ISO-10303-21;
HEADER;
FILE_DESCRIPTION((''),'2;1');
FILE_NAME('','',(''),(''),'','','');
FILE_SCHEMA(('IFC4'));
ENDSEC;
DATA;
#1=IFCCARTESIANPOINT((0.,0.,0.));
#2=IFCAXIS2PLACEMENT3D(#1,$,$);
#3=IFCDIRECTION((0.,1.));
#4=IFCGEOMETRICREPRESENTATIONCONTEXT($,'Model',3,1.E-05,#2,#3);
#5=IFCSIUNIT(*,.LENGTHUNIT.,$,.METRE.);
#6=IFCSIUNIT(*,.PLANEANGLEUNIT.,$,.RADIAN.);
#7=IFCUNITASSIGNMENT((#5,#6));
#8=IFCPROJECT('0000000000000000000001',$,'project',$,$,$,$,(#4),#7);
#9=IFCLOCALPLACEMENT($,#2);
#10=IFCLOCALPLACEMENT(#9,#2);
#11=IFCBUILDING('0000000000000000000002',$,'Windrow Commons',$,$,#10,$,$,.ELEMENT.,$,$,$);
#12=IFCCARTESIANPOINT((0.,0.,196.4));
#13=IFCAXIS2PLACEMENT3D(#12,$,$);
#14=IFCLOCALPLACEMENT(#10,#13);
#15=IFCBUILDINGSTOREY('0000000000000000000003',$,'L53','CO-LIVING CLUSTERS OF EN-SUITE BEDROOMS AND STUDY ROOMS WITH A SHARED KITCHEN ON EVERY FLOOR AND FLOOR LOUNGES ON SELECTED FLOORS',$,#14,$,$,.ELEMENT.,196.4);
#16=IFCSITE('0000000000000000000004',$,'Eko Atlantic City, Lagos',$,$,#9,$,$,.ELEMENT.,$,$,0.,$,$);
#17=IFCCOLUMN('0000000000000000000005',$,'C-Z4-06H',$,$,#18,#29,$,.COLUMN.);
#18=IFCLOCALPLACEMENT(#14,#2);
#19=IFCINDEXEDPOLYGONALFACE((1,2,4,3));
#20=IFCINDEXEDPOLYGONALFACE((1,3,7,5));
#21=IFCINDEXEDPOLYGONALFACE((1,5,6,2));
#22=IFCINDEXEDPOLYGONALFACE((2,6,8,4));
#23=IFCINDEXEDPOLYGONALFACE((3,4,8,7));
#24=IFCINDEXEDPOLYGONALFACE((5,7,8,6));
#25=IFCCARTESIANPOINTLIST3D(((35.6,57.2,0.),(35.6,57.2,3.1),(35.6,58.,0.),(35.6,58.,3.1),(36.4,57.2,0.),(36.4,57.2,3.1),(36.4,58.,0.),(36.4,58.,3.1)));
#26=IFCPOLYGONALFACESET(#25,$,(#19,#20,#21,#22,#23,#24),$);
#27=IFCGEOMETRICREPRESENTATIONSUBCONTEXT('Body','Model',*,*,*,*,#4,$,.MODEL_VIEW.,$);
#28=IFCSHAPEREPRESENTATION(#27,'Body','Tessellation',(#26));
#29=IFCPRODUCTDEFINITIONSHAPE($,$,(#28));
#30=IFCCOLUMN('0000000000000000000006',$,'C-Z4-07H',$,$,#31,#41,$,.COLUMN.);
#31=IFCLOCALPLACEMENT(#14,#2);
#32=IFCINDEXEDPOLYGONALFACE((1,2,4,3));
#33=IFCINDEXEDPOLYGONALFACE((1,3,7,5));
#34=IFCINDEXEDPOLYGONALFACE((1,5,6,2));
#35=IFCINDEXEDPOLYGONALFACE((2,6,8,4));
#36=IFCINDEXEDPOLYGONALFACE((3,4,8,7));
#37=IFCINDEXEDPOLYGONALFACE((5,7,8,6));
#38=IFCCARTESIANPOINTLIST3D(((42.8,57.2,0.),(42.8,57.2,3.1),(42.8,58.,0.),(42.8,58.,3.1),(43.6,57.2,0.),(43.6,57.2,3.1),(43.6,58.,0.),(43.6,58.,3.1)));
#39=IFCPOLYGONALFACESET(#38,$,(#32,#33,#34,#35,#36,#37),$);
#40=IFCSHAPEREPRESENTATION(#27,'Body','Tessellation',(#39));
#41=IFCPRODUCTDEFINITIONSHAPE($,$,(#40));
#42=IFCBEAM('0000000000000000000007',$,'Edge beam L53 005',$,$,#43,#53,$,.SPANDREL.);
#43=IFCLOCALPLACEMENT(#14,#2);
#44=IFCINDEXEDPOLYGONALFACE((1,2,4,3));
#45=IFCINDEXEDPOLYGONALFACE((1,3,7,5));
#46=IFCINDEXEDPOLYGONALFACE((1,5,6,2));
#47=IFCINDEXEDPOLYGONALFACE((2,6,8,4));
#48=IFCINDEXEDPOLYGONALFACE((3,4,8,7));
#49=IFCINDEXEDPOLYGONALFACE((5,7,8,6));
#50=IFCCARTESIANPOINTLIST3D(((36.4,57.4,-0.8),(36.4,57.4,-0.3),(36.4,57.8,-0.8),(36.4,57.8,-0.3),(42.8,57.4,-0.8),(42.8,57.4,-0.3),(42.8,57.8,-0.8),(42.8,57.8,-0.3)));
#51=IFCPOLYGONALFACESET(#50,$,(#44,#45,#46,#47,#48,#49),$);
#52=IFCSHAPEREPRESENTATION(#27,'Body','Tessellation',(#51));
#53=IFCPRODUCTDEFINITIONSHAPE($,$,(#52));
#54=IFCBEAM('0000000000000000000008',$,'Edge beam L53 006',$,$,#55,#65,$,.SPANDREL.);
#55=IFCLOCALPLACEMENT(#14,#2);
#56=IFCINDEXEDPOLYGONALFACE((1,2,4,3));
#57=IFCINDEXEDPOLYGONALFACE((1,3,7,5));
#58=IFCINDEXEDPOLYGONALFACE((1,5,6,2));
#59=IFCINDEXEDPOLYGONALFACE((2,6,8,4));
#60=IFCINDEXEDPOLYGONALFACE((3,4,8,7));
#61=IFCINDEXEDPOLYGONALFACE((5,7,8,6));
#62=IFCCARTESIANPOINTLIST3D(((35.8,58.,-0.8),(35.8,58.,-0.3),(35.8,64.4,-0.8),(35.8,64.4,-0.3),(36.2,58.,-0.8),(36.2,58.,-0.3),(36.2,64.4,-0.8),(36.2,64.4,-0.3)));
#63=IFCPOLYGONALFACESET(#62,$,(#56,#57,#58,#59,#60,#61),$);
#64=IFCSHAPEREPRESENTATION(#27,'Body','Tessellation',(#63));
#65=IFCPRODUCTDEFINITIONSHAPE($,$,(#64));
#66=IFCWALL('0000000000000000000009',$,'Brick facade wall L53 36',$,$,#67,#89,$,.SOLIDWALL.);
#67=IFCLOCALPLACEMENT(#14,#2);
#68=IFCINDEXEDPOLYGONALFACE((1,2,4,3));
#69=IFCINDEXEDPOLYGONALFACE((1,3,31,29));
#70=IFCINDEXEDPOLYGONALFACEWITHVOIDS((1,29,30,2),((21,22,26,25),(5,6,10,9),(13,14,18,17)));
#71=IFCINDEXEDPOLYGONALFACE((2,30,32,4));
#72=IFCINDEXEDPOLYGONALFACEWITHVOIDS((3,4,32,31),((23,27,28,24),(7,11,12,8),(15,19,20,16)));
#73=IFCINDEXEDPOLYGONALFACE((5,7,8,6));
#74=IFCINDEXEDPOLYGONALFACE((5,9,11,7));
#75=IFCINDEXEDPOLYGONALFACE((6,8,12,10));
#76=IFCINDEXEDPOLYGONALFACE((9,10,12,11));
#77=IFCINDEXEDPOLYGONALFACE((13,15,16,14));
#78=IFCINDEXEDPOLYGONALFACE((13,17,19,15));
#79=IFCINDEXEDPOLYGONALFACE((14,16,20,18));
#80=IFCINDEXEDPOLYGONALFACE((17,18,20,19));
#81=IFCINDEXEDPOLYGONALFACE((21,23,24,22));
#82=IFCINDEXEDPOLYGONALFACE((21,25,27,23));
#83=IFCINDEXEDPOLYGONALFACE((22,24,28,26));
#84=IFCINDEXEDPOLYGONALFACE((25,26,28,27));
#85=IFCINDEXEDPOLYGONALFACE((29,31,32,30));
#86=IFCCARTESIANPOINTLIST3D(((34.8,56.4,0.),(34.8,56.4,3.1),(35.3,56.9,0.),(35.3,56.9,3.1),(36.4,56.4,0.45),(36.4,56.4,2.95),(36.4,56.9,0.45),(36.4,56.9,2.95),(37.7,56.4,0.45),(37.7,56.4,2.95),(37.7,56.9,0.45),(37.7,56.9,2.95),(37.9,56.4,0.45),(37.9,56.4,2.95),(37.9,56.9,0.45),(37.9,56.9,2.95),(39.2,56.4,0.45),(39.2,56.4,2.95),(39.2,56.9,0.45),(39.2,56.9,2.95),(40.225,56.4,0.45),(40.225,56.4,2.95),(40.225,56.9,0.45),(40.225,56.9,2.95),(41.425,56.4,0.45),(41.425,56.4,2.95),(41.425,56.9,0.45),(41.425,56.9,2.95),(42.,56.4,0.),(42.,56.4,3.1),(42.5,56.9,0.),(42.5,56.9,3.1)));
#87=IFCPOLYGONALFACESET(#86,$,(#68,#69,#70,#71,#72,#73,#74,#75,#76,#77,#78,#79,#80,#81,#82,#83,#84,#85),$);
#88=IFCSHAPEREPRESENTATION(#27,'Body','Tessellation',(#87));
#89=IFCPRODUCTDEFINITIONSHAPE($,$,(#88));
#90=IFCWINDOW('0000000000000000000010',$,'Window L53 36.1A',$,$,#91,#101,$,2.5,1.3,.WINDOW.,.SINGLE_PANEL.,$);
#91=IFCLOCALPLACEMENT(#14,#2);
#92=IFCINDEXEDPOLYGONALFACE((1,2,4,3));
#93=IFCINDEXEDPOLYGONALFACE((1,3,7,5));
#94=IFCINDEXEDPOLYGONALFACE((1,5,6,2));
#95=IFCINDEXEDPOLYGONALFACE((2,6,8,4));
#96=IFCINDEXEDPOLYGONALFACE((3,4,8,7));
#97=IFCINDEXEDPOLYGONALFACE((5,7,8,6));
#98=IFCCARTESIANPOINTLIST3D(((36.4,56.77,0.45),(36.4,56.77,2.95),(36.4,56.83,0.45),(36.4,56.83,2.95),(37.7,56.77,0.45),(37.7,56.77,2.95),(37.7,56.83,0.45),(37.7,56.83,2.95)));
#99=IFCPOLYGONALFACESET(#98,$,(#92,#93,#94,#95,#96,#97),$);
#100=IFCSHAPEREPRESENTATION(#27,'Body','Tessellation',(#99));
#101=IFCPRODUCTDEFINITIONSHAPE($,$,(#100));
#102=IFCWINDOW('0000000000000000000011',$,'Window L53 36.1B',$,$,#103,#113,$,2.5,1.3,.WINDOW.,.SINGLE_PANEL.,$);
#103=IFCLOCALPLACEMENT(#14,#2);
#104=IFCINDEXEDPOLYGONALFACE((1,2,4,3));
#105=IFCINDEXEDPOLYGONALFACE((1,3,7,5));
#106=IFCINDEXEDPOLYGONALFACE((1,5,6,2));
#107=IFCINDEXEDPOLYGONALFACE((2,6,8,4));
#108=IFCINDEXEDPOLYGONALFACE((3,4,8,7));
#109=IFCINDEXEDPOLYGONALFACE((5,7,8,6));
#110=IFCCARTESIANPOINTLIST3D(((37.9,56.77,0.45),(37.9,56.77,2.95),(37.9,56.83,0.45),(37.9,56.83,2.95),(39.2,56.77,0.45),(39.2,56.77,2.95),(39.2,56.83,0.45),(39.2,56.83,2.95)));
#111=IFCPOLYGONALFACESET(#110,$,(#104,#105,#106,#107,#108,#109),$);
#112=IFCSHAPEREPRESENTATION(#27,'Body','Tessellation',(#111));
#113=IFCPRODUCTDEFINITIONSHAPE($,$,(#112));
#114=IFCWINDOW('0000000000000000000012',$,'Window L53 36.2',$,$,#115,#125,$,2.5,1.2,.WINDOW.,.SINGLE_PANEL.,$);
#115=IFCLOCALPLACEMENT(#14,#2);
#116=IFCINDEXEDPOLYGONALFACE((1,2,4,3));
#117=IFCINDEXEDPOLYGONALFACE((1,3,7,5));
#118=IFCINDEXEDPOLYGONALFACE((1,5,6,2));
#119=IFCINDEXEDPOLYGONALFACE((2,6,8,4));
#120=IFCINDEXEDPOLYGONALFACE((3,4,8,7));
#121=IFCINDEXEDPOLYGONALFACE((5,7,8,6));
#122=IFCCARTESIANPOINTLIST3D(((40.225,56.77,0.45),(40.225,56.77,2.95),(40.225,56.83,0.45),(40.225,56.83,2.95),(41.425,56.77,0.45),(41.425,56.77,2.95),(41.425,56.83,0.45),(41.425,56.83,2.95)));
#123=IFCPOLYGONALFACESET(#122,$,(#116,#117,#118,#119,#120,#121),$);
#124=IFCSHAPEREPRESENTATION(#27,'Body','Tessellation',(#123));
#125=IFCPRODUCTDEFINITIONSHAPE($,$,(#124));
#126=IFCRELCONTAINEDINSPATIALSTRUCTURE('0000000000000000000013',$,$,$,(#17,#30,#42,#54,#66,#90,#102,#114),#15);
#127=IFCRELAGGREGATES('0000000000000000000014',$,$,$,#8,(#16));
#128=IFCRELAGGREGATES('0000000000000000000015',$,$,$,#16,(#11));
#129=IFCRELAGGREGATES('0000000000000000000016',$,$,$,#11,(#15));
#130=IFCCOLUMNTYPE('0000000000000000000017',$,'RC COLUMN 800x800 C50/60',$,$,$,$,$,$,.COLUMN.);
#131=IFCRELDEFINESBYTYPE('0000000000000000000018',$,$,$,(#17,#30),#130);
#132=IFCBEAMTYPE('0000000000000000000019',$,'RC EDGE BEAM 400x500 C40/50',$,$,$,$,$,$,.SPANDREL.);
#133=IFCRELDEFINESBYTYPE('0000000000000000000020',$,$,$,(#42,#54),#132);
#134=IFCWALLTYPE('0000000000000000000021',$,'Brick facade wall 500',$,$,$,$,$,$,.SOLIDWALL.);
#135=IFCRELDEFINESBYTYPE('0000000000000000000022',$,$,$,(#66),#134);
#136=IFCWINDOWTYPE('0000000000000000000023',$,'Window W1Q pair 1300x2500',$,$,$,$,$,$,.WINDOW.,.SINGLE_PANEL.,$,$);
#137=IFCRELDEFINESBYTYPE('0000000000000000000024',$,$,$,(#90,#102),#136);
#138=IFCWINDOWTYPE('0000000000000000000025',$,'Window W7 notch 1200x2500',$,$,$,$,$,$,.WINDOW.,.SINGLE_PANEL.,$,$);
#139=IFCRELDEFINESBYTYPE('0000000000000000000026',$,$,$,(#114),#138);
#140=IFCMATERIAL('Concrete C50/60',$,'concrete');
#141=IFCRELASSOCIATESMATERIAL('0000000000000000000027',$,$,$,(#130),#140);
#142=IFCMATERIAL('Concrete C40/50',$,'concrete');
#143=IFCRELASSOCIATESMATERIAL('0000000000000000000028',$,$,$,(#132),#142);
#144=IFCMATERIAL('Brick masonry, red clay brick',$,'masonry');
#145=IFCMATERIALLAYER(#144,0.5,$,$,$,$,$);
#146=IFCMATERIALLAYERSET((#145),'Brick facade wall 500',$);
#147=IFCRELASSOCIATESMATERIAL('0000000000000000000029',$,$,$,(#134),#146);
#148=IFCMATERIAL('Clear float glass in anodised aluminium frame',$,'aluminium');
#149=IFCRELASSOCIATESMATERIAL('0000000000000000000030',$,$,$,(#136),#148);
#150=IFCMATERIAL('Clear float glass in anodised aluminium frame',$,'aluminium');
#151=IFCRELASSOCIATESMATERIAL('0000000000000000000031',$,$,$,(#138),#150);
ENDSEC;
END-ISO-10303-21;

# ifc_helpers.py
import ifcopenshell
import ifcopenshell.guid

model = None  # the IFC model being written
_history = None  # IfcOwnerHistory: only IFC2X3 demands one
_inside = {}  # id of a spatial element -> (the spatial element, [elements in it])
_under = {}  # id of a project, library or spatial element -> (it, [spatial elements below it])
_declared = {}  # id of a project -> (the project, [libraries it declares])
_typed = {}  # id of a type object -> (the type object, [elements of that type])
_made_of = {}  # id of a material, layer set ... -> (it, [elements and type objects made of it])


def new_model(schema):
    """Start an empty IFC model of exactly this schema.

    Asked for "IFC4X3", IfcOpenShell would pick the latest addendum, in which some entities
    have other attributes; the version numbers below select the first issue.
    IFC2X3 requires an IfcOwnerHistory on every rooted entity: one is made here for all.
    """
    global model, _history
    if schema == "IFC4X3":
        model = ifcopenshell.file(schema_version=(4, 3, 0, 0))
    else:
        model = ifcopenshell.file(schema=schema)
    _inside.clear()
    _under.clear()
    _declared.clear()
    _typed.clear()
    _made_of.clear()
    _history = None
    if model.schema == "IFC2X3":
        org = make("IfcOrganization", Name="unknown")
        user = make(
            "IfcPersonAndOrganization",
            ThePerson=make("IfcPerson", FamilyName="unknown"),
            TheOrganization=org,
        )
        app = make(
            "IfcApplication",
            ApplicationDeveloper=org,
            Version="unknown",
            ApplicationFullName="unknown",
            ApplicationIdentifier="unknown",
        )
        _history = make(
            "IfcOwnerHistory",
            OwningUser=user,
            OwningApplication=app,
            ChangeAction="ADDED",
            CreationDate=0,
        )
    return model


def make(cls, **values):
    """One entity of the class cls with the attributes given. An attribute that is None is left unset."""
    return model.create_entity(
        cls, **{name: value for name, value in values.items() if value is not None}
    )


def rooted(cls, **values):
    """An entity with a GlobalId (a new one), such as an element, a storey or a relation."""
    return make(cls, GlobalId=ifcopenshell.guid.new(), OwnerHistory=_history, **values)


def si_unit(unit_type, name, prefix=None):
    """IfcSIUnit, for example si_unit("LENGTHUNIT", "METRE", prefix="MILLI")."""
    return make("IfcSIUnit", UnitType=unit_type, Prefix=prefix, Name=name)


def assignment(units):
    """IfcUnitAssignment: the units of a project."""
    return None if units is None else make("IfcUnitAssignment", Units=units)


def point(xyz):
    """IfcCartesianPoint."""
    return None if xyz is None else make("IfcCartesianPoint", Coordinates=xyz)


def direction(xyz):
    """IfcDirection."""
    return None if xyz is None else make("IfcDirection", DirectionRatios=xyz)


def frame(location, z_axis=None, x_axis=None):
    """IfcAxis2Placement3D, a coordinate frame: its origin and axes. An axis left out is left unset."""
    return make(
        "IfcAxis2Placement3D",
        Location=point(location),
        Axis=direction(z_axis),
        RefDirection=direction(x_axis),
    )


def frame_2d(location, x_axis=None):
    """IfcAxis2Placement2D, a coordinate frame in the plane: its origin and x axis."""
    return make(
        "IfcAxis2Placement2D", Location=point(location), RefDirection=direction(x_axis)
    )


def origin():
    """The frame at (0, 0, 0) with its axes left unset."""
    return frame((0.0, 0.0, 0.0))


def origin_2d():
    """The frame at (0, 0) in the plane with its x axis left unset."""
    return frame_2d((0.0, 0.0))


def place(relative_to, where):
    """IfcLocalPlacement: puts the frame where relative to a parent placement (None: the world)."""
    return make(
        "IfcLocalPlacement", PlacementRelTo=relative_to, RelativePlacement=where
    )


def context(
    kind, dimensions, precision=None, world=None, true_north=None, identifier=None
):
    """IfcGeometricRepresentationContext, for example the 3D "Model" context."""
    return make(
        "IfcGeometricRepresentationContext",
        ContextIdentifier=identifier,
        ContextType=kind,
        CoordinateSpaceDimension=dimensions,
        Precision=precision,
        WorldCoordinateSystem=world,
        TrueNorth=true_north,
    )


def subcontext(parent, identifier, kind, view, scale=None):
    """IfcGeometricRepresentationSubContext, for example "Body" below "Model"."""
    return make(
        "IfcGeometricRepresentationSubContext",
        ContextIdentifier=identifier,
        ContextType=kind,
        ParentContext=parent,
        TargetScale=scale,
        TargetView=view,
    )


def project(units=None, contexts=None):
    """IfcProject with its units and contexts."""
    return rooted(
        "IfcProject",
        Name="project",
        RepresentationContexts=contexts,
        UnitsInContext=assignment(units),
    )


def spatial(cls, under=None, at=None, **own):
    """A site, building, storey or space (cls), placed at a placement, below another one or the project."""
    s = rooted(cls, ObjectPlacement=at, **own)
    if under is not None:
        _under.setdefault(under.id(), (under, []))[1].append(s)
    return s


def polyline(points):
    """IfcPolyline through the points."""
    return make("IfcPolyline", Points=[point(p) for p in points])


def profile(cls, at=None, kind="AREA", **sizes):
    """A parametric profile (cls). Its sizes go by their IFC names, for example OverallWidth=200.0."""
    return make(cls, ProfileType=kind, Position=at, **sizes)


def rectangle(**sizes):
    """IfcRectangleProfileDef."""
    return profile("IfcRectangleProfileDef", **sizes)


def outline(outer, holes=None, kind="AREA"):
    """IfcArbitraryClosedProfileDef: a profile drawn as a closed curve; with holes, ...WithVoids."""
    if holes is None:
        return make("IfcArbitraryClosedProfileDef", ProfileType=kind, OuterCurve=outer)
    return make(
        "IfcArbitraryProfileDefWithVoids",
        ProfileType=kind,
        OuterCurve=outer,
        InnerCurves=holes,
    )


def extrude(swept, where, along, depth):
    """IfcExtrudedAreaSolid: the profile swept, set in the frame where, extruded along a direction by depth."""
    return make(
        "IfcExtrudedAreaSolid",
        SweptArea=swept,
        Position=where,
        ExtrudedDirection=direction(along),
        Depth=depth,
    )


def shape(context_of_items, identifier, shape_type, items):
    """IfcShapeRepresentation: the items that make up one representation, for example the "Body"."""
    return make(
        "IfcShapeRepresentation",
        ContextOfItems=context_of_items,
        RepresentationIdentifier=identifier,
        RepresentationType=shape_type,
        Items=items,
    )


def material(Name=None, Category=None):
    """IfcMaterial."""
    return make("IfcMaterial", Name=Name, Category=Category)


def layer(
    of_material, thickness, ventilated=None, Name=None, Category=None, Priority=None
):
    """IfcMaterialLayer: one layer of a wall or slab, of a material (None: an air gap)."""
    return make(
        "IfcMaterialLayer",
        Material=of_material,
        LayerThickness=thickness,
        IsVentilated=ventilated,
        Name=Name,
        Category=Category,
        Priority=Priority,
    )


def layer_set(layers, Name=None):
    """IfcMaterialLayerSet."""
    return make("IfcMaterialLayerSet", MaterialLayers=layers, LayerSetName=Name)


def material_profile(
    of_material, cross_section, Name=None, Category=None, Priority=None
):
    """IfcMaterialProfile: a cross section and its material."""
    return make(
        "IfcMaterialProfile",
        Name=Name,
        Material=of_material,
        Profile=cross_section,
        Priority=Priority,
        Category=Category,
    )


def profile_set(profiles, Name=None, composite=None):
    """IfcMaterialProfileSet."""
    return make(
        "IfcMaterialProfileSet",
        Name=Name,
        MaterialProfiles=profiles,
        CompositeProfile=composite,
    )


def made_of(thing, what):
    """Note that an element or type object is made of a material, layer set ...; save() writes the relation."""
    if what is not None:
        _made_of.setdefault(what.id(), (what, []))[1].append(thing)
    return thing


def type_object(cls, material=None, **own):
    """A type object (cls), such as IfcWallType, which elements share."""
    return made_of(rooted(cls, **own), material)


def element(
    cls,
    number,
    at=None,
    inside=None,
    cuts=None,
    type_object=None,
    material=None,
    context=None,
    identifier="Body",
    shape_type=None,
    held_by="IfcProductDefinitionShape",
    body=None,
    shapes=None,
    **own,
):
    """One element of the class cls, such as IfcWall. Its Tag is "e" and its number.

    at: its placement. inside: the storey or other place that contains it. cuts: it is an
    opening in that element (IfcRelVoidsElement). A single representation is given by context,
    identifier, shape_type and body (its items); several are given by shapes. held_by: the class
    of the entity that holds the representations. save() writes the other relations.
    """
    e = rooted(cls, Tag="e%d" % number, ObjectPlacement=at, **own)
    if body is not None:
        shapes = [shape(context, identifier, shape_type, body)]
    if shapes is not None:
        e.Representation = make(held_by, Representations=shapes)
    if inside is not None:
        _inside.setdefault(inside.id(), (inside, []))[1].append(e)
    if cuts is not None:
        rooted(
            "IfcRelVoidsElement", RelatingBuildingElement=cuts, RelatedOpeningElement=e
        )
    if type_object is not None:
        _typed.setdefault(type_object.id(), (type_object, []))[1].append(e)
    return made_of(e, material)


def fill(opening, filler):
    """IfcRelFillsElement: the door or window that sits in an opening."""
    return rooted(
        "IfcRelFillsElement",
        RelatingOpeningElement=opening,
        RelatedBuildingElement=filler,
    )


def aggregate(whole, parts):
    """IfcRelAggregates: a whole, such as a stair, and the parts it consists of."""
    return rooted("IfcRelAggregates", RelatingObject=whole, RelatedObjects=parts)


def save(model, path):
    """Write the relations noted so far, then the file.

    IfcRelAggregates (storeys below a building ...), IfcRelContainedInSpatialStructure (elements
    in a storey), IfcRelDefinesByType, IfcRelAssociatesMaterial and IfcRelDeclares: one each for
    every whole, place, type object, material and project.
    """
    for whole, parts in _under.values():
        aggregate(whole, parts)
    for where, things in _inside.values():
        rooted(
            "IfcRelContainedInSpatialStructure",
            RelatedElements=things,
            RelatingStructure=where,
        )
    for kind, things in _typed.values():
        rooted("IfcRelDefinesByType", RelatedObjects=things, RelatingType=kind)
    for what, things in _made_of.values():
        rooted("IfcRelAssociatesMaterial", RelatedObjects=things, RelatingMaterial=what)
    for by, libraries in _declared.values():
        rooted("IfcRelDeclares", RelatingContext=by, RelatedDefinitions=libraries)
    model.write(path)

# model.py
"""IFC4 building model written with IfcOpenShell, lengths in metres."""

from ifc_helpers import new_model, si_unit, direction, frame, frame_2d, origin, origin_2d, place, context, subcontext, project, spatial, polyline, rectangle, outline, extrude, material, layer, layer_set, material_profile, profile_set, type_object, element, fill, save


model = new_model("IFC4")

# Units and contexts
model_context = context("Model", 3, precision=1e-05, world=origin(), true_north=direction((0.0, 1.0)))
body_context = subcontext(model_context, "Body", "Model", "MODEL_VIEW")
ifc_project = project(units=[si_unit("LENGTHUNIT", "METRE"), si_unit("PLANEANGLEUNIT", "RADIAN")], contexts=[model_context])

# Site, building, storey
site_placement = place(None, origin())
site = spatial("IfcSite", under=ifc_project, at=site_placement, Name="Eko Atlantic City, Lagos", CompositionType="ELEMENT", RefElevation=0.0)
building_placement = place(site_placement, origin())
building = spatial("IfcBuilding", under=site, at=building_placement, Name="Windrow Commons", CompositionType="ELEMENT")
storey_placement = place(building_placement, frame((0.0, 0.0, 196.4)))
storey = spatial("IfcBuildingStorey", under=building, at=storey_placement, Name="L53", Description="CO-LIVING CLUSTERS OF EN-SUITE BEDROOMS AND STUDY ROOMS WITH A SHARED KITCHEN ON EVERY FLOOR AND FLOOR LOUNGES ON SELECTED FLOORS", CompositionType="ELEMENT", Elevation=196.4)

# Columns
ifc_material_1 = material(Name="Concrete C50/60", Category="concrete")
ifc_material_profile_1 = material_profile(ifc_material_1, rectangle(XDim=0.8, YDim=0.8, at=origin_2d()))
ifc_profile_set_1 = profile_set([ifc_material_profile_1], Name="Concrete C50/60")
column_type = type_object("IfcColumnType", Name="RC COLUMN 800x800 C50/60", PredefinedType="COLUMN", material=ifc_profile_set_1)
for number, where, z_axis, x_axis, name in (
    (1, (36.0, 57.6, 0.0), (0.0, 0.0, 1.0), (1.0, 0.0, 0.0), "C-Z4-06H"),
    (2, (43.2, 57.6, 0.0), (0.0, 0.0, 1.0), (1.0, 0.0, 0.0), "C-Z4-07H"),
):
    element("IfcColumn", number, at=place(storey_placement, frame(where, z_axis=z_axis, x_axis=x_axis)), inside=storey, type_object=column_type, Name=name, PredefinedType="COLUMN", context=body_context, shape_type="SweptSolid", body=[
        extrude(rectangle(XDim=0.8, YDim=0.8, at=origin_2d()), origin(), (0.0, 0.0, 1.0), 3.1),
    ])

# Beams
ifc_material_2 = material(Name="Concrete C40/50", Category="concrete")
ifc_material_profile_2 = material_profile(ifc_material_2, rectangle(XDim=0.4, YDim=0.5, at=origin_2d()))
ifc_profile_set_2 = profile_set([ifc_material_profile_2], Name="Concrete C40/50")
beam_type = type_object("IfcBeamType", Name="RC EDGE BEAM 400x500 C40/50", PredefinedType="SPANDREL", material=ifc_profile_set_2)
for number, where, z_axis, x_axis, name in (
    (3, (42.8, 57.6, -0.55), (-1.0, 0.0, 0.0), (0.0, -1.0, 0.0), "Edge beam L53 005"),
    (4, (36.0, 58.0, -0.55), (0.0, 1.0, 0.0), (-1.0, 0.0, 0.0), "Edge beam L53 006"),
):
    element("IfcBeam", number, at=place(storey_placement, frame(where, z_axis=z_axis, x_axis=x_axis)), inside=storey, type_object=beam_type, Name=name, PredefinedType="SPANDREL", context=body_context, shape_type="SweptSolid", body=[
        extrude(rectangle(XDim=0.4, YDim=0.5, at=origin_2d()), origin(), (0.0, 0.0, 1.0), 6.4),
    ])

# Wall, openings, windows
ifc_material_3 = material(Name="Brick masonry, red clay brick", Category="masonry")
ifc_layer_1 = layer(ifc_material_3, 0.5)
ifc_layer_set_1 = layer_set([ifc_layer_1], Name="Brick facade wall 500")
wall_type_1 = type_object("IfcWallType", Name="Brick facade wall 500", PredefinedType="SOLIDWALL", material=ifc_layer_set_1)
wall_1_placement = place(storey_placement, frame((35.05, 56.65, 0.0), z_axis=(0.0, 0.0, 1.0), x_axis=(1.0, 0.0, 0.0)))
wall_1 = element("IfcWall", 5, at=wall_1_placement, inside=storey, type_object=wall_type_1, Name="Brick facade wall L53 36", PredefinedType="SOLIDWALL", context=body_context, shape_type="SweptSolid", body=[
    extrude(outline(polyline([(-0.25, -0.25), (6.95, -0.25), (7.45, 0.25), (0.25, 0.25), (-0.25, -0.25)])), origin(), (0.0, 0.0, 1.0), 3.1),
])
opening_1_placement = place(wall_1_placement, frame((1.35, 0.0, 0.45)))
opening_1 = element("IfcOpeningElement", 6, at=opening_1_placement, cuts=wall_1, PredefinedType="OPENING", context=body_context, shape_type="SweptSolid", body=[
    extrude(rectangle(XDim=1.3, YDim=2.5, at=frame_2d((0.65, 1.25))), frame((0.0, 0.26, 0.0), z_axis=(0.0, -1.0, 0.0), x_axis=(1.0, 0.0, 0.0)), (0.0, 0.0, 1.0), 0.52),
])
opening_2_placement = place(wall_1_placement, frame((2.85, 0.0, 0.45)))
opening_2 = element("IfcOpeningElement", 7, at=opening_2_placement, cuts=wall_1, PredefinedType="OPENING", context=body_context, shape_type="SweptSolid", body=[
    extrude(rectangle(XDim=1.3, YDim=2.5, at=frame_2d((0.65, 1.25))), frame((0.0, 0.26, 0.0), z_axis=(0.0, -1.0, 0.0), x_axis=(1.0, 0.0, 0.0)), (0.0, 0.0, 1.0), 0.52),
])
opening_3_placement = place(wall_1_placement, frame((5.175, 0.0, 0.45)))
opening_3 = element("IfcOpeningElement", 8, at=opening_3_placement, cuts=wall_1, PredefinedType="OPENING", context=body_context, shape_type="SweptSolid", body=[
    extrude(rectangle(XDim=1.2, YDim=2.5, at=frame_2d((0.6, 1.25))), frame((0.0, 0.26, 0.0), z_axis=(0.0, -1.0, 0.0), x_axis=(1.0, 0.0, 0.0)), (0.0, 0.0, 1.0), 0.52),
])
ifc_material_4 = material(Name="Clear float glass in anodised aluminium frame", Category="aluminium")
window_type_1 = type_object("IfcWindowType", Name="Window W1Q pair 1300x2500", PartitioningType="SINGLE_PANEL", PredefinedType="WINDOW", material=ifc_material_4)
window_1_placement = place(opening_1_placement, origin())
window_1 = element("IfcWindow", 9, at=window_1_placement, inside=storey, type_object=window_type_1, Name="Window L53 36.1A", OverallHeight=2.5, OverallWidth=1.3, PartitioningType="SINGLE_PANEL", PredefinedType="WINDOW", context=body_context, shape_type="SweptSolid", body=[
    extrude(rectangle(XDim=1.3, YDim=2.5, at=frame_2d((0.65, 1.25))), frame((0.0, 0.18, 0.0), z_axis=(0.0, -1.0, 0.0), x_axis=(1.0, 0.0, 0.0)), (0.0, 0.0, 1.0), 0.06),
])
fill(opening_1, window_1)
window_2_placement = place(opening_2_placement, origin())
window_2 = element("IfcWindow", 10, at=window_2_placement, inside=storey, type_object=window_type_1, Name="Window L53 36.1B", OverallHeight=2.5, OverallWidth=1.3, PartitioningType="SINGLE_PANEL", PredefinedType="WINDOW", context=body_context, shape_type="SweptSolid", body=[
    extrude(rectangle(XDim=1.3, YDim=2.5, at=frame_2d((0.65, 1.25))), frame((0.0, 0.18, 0.0), z_axis=(0.0, -1.0, 0.0), x_axis=(1.0, 0.0, 0.0)), (0.0, 0.0, 1.0), 0.06),
])
fill(opening_2, window_2)
ifc_material_5 = material(Name="Clear float glass in anodised aluminium frame", Category="aluminium")
window_type_2 = type_object("IfcWindowType", Name="Window W7 notch 1200x2500", PartitioningType="SINGLE_PANEL", PredefinedType="WINDOW", material=ifc_material_5)
window_3_placement = place(opening_3_placement, origin())
window_3 = element("IfcWindow", 11, at=window_3_placement, inside=storey, type_object=window_type_2, Name="Window L53 36.2", OverallHeight=2.5, OverallWidth=1.2, PartitioningType="SINGLE_PANEL", PredefinedType="WINDOW", context=body_context, shape_type="SweptSolid", body=[
    extrude(rectangle(XDim=1.2, YDim=2.5, at=frame_2d((0.6, 1.25))), frame((0.0, 0.18, 0.0), z_axis=(0.0, -1.0, 0.0), x_axis=(1.0, 0.0, 0.0)), (0.0, 0.0, 1.0), 0.06),
])
fill(opening_3, window_3)

save(model, "model.ifc")
